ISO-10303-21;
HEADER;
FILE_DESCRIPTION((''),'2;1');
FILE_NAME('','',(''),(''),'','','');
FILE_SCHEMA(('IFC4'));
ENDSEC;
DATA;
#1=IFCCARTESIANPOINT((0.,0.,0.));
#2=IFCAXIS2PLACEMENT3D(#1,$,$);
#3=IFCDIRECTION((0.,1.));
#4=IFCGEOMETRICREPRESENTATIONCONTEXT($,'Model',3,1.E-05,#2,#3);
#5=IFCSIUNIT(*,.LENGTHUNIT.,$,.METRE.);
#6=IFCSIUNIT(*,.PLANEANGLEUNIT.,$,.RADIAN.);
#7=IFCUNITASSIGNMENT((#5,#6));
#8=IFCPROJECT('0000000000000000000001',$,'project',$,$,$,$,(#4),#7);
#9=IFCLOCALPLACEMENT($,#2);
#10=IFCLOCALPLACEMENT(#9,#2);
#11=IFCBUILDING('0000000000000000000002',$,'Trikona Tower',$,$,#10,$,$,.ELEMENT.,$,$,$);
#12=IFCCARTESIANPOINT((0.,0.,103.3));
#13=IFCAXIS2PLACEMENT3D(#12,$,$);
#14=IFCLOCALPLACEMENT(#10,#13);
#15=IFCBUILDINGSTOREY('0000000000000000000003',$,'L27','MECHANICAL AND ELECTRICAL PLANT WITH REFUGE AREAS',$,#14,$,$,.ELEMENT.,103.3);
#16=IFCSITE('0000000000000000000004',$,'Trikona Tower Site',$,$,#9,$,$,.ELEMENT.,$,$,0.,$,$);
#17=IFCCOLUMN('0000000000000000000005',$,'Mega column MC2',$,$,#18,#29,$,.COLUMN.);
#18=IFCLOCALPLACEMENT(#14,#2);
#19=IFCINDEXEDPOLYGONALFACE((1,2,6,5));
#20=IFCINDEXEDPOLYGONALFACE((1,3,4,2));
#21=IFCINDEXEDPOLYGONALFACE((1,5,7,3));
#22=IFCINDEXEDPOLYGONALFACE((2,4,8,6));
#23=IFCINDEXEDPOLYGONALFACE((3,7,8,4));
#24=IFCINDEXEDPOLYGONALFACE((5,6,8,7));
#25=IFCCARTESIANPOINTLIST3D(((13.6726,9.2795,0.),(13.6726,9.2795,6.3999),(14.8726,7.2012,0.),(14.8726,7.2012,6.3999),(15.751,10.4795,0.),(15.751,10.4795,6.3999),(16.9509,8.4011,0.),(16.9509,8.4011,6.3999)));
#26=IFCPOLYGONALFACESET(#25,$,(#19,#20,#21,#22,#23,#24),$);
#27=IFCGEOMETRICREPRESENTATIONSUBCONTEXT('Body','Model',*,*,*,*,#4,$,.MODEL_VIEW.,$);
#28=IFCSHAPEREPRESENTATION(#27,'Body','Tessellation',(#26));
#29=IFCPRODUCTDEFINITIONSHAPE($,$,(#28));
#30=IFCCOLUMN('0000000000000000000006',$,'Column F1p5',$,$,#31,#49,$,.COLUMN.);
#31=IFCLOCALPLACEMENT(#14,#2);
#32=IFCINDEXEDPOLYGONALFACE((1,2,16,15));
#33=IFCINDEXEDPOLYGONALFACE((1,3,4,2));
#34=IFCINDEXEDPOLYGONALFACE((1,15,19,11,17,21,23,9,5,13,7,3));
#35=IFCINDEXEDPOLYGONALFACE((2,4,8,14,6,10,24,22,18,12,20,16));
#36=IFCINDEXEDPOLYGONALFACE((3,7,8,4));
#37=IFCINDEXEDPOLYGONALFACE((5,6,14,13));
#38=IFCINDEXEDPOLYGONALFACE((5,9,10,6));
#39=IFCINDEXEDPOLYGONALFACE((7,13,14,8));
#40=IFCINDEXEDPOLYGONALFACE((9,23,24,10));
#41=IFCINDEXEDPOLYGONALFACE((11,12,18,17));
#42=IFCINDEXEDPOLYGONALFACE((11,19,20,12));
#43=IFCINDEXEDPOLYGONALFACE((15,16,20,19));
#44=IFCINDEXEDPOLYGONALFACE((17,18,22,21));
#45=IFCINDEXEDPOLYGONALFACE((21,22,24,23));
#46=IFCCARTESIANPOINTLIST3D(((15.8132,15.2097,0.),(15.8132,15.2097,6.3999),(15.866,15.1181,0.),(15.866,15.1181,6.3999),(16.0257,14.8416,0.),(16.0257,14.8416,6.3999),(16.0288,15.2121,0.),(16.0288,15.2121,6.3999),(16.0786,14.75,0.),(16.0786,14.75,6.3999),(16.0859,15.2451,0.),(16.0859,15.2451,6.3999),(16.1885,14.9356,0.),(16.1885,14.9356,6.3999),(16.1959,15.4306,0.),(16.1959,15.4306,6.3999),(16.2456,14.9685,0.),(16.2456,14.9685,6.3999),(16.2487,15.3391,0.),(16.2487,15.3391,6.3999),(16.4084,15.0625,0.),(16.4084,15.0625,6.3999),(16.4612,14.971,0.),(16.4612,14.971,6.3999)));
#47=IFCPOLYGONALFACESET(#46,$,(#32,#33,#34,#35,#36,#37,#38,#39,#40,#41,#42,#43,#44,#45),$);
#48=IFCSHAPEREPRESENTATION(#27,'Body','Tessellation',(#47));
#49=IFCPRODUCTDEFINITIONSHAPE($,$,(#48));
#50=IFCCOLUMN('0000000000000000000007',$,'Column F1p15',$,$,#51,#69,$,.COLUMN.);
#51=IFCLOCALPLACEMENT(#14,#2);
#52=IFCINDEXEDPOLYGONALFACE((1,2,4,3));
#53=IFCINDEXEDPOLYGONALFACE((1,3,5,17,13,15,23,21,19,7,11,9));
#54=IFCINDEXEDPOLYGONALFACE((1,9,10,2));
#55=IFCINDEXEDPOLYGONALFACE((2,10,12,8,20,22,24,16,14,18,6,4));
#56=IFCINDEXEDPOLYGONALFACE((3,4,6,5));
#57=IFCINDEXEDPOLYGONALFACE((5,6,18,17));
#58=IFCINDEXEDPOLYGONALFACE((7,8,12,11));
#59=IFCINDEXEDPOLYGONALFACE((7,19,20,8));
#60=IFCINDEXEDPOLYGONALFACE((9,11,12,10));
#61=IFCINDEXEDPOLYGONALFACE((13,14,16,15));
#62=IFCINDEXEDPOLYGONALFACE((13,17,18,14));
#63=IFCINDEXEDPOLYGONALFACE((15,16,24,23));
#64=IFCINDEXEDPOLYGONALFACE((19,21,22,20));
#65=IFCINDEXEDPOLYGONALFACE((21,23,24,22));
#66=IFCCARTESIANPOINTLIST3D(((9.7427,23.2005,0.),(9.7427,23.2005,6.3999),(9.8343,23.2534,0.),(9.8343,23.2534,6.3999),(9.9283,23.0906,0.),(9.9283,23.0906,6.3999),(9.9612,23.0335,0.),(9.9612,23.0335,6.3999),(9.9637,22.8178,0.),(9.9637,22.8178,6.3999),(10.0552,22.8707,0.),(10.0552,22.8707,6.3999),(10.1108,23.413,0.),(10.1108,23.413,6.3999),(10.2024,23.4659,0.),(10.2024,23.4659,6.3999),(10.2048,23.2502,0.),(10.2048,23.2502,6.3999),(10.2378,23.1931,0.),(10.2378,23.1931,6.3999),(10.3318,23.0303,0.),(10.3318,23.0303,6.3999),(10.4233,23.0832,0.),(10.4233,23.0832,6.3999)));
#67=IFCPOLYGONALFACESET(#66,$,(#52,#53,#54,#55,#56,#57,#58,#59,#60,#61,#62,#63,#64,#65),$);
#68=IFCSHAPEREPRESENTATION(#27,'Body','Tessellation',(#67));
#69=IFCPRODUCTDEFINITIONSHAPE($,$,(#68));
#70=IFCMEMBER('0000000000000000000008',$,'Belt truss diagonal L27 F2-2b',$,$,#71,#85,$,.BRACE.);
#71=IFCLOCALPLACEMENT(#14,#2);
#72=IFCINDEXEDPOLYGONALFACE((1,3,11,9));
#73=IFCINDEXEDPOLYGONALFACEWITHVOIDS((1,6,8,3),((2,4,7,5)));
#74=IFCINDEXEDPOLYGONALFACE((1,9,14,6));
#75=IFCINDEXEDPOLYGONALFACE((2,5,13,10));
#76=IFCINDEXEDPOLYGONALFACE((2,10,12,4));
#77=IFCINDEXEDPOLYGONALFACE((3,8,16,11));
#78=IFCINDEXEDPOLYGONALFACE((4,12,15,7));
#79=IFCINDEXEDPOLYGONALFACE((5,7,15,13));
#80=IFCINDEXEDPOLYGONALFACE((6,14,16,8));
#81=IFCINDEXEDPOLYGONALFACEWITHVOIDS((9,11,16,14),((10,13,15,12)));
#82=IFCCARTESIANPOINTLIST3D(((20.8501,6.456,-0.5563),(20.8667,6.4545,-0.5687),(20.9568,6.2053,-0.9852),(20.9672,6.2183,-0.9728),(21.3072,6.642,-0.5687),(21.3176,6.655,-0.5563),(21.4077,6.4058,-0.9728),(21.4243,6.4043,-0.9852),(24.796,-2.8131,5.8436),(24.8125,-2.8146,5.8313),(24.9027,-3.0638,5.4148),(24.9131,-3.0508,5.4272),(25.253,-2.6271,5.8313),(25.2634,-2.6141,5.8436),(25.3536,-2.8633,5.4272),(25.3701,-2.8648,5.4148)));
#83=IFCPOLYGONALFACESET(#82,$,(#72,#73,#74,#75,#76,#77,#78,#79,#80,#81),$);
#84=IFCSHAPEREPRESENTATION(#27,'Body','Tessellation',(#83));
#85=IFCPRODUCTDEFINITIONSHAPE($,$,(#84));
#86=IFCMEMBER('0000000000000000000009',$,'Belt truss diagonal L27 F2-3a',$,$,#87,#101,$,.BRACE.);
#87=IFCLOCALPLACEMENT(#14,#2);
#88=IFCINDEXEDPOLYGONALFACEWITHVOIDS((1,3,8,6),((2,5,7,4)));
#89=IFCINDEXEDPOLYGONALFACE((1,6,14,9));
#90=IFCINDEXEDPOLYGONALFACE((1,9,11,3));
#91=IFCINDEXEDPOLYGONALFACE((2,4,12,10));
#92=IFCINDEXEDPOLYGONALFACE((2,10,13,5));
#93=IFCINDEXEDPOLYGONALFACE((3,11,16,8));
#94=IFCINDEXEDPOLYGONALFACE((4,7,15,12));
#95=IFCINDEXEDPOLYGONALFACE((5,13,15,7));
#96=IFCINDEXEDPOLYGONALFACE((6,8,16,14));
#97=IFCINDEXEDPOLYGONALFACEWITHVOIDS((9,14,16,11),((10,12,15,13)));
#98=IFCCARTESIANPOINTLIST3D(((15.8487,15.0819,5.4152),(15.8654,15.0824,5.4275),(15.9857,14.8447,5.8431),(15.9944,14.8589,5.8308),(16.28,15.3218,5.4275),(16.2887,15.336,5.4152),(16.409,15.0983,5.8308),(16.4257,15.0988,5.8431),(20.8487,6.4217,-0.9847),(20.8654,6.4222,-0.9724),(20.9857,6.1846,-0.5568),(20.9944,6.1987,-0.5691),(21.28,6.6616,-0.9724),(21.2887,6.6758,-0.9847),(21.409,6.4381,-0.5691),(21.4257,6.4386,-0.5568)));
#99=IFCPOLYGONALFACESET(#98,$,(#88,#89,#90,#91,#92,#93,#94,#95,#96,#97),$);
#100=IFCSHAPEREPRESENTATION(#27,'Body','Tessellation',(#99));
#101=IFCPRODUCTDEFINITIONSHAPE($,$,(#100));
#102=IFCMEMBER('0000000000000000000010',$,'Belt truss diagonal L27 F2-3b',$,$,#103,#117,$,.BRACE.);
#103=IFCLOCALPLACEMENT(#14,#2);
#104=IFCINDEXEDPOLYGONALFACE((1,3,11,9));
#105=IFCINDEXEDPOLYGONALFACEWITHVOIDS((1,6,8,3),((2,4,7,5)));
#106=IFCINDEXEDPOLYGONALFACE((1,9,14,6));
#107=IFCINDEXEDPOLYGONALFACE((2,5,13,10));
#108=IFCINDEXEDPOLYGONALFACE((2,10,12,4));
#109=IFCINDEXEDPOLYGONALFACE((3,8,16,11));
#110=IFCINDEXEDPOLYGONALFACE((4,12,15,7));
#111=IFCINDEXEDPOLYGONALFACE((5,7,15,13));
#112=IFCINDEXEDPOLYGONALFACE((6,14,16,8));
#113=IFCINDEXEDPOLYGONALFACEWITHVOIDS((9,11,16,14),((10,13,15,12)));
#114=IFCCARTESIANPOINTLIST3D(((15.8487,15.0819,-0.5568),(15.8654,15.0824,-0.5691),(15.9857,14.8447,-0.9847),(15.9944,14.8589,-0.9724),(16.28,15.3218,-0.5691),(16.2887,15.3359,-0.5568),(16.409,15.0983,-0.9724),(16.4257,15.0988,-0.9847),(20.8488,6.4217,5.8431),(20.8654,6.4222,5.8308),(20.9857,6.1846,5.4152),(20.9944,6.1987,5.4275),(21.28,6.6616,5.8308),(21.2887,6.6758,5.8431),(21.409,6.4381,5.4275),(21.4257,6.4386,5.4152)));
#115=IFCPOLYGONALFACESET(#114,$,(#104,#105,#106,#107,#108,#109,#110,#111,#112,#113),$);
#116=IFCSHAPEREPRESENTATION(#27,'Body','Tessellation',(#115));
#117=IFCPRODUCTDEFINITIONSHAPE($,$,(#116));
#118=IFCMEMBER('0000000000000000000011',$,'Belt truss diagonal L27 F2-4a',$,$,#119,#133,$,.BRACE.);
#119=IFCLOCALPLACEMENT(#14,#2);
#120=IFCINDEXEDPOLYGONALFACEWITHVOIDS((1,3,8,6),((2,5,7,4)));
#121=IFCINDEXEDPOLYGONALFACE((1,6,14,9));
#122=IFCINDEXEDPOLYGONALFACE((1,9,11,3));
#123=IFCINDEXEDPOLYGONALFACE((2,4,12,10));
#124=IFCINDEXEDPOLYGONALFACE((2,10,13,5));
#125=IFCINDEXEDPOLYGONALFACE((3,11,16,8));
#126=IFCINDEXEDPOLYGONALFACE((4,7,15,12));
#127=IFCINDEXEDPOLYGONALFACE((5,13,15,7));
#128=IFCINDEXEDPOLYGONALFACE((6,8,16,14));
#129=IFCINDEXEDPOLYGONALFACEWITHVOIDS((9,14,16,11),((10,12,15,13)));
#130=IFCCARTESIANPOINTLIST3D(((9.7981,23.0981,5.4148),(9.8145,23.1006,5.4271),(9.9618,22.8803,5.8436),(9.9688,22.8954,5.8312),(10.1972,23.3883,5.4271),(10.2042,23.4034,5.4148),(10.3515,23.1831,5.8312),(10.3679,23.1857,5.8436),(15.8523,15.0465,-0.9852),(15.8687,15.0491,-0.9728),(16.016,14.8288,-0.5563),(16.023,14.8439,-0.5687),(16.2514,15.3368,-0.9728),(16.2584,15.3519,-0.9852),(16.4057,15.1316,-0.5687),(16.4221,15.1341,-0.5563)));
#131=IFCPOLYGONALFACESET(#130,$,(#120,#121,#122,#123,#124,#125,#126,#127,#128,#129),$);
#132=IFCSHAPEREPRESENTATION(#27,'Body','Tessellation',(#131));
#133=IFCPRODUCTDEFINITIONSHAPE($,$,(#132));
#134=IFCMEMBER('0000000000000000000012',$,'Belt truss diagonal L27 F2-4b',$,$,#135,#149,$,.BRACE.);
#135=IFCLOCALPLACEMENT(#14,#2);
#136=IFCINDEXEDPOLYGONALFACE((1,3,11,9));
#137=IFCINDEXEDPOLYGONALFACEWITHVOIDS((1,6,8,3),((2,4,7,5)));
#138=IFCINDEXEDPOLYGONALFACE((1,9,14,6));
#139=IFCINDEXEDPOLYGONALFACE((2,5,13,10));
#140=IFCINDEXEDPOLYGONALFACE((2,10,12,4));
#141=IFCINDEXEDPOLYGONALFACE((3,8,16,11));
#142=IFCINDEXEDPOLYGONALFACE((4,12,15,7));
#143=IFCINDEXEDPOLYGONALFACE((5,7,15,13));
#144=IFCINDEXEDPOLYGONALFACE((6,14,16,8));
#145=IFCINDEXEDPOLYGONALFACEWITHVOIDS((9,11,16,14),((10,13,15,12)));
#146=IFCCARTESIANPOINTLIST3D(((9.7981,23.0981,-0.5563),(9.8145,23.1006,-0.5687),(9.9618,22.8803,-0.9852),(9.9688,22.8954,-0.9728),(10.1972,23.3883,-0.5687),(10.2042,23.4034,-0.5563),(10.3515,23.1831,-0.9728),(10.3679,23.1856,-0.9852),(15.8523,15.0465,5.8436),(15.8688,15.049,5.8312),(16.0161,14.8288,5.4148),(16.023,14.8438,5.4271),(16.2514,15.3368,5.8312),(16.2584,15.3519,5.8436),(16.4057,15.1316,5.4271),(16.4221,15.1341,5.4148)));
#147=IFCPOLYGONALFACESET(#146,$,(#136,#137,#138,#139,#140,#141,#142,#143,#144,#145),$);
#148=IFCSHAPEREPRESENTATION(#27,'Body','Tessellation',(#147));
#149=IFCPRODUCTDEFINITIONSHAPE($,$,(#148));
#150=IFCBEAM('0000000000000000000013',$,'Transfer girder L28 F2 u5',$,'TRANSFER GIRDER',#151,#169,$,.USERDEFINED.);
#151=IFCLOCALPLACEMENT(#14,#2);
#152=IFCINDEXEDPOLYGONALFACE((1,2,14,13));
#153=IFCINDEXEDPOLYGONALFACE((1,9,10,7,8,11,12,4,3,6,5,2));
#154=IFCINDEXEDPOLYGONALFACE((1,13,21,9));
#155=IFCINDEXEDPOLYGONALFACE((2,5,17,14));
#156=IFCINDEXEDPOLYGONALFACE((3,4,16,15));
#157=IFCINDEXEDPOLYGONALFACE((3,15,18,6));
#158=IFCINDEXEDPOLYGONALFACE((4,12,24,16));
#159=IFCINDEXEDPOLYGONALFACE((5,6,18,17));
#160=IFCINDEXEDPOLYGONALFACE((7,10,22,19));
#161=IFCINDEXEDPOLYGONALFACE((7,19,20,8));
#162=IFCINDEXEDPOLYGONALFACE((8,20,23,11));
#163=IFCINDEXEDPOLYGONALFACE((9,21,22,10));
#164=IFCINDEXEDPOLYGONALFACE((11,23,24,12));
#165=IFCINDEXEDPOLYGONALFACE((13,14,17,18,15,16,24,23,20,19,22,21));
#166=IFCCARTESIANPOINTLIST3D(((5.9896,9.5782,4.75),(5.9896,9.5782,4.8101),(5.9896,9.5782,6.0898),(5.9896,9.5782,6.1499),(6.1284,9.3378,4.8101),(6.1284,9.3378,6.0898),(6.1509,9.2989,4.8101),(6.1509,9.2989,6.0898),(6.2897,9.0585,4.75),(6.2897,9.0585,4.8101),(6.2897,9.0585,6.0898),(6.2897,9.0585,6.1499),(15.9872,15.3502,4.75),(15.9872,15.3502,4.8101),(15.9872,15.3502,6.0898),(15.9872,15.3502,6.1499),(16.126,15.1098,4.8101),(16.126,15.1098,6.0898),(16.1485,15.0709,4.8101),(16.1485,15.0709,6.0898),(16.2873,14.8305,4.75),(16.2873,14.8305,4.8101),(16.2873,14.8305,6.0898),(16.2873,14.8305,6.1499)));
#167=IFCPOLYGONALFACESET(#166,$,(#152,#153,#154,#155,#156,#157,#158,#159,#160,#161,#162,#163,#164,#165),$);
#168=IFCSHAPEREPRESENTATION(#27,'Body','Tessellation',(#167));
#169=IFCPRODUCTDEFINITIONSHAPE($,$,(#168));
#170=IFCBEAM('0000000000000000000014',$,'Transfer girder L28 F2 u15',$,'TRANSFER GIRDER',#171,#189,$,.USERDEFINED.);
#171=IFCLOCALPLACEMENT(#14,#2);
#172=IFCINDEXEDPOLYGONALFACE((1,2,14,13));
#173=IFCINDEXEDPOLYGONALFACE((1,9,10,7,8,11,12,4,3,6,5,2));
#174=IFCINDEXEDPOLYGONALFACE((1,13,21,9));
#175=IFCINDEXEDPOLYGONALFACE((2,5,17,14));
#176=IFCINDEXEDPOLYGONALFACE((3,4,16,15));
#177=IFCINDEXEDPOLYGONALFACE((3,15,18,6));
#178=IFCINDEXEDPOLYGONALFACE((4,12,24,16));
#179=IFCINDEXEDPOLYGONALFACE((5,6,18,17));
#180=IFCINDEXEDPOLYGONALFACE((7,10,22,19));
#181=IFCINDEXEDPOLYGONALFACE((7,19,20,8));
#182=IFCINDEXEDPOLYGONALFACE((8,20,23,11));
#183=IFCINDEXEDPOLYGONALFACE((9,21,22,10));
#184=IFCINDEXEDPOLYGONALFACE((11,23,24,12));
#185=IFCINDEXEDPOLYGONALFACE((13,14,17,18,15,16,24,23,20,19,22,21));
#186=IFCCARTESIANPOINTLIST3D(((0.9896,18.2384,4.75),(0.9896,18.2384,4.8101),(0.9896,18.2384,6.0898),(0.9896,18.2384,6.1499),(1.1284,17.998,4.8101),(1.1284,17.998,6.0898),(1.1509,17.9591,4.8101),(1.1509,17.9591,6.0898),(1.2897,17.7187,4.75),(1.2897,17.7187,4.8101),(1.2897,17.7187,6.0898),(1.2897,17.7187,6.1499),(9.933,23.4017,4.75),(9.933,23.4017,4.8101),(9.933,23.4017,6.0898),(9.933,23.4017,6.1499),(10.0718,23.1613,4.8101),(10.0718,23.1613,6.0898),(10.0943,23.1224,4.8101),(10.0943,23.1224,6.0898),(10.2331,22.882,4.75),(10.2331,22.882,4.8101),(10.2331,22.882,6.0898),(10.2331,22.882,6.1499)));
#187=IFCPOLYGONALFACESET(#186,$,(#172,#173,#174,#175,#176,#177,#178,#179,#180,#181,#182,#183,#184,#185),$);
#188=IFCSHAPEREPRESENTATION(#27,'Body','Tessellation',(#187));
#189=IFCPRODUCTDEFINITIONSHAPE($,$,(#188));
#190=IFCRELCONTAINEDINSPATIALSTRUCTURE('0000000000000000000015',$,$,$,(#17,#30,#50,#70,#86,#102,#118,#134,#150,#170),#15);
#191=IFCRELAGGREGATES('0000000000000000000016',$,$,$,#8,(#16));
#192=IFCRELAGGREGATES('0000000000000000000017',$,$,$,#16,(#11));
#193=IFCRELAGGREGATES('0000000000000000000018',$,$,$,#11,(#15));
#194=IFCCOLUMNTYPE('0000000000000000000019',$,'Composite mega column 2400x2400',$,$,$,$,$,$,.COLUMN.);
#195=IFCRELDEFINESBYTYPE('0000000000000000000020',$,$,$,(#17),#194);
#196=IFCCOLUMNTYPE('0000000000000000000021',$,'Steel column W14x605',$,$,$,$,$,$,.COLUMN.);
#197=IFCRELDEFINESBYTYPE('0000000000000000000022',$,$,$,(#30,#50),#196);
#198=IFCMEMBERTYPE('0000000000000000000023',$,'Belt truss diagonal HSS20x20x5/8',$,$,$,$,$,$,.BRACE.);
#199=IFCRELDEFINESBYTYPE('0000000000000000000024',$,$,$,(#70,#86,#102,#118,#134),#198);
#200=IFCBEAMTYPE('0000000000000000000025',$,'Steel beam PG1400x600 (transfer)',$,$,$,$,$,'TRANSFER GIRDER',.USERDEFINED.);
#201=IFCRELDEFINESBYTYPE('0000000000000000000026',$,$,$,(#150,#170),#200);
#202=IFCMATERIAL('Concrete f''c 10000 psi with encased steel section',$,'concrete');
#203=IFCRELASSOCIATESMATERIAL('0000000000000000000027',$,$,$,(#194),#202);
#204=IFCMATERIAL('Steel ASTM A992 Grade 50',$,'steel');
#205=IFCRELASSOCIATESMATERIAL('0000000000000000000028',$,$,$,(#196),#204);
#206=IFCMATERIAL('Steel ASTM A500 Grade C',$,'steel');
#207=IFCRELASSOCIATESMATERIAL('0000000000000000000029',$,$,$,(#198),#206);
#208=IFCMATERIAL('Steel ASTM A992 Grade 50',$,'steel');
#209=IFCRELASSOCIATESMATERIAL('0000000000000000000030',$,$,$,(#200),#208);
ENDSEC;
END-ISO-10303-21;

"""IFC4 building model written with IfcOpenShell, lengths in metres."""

from ifc_helpers import new_model, si_unit, direction, frame, origin, origin_2d, place, context, subcontext, project, spatial, rectangle, hollow_rectangle, i_section, extrude, material, material_profile, profile_set, type_object, element, save


model = new_model("IFC4")

# Units and contexts
model_context = context("Model", 3, precision=1e-05, world=origin(), true_north=direction((0.0, 1.0)))
body_context = subcontext(model_context, "Body", "Model", "MODEL_VIEW")
ifc_project = project(units=[si_unit("LENGTHUNIT", "METRE"), si_unit("PLANEANGLEUNIT", "RADIAN")], contexts=[model_context])

# Site, building, storey
site_placement = place(None, origin())
site = spatial("IfcSite", under=ifc_project, at=site_placement, Name="Trikona Tower Site", CompositionType="ELEMENT", RefElevation=0.0)
building_placement = place(site_placement, origin())
building = spatial("IfcBuilding", under=site, at=building_placement, Name="Trikona Tower", CompositionType="ELEMENT")
storey_placement = place(building_placement, frame((0.0, 0.0, 103.3)))
storey = spatial("IfcBuildingStorey", under=building, at=storey_placement, Name="L27", Description="MECHANICAL AND ELECTRICAL PLANT WITH REFUGE AREAS", CompositionType="ELEMENT", Elevation=103.3)

# Columns
ifc_material_1 = material(Name="Concrete f'c 10000 psi with encased steel section", Category="concrete")
ifc_material_profile_1 = material_profile(ifc_material_1, rectangle(XDim=2.3999, YDim=2.3999, at=origin_2d()), Name="MC2400")
ifc_profile_set_1 = profile_set([ifc_material_profile_1], Name="Concrete f'c 10000 psi with encased steel section")
column_type_1 = type_object("IfcColumnType", Name="Composite mega column 2400x2400", PredefinedType="COLUMN", material=ifc_profile_set_1)
column_placement = place(storey_placement, frame((15.3118, 8.8403, 0.0), z_axis=(0.0, 0.0, 1.0), x_axis=(0.866025, 0.5, 0.0)))
element("IfcColumn", 1, at=column_placement, inside=storey, type_object=column_type_1, Name="Mega column MC2", PredefinedType="COLUMN", context=body_context, shape_type="SweptSolid", body=[
    extrude(rectangle(XDim=2.3999, YDim=2.3999, at=origin_2d()), origin(), (0.0, 0.0, 1.0), 6.3999),
])
ifc_material_2 = material(Name="Steel ASTM A992 Grade 50", Category="steel")
ifc_material_profile_2 = material_profile(ifc_material_2, i_section(OverallWidth=0.4419, OverallDepth=0.5308, WebThickness=0.0659, FlangeThickness=0.1057, at=origin_2d()), Name="W14X605")
ifc_profile_set_2 = profile_set([ifc_material_profile_2], Name="Steel ASTM A992 Grade 50")
column_type_2 = type_object("IfcColumnType", Name="Steel column W14x605", PredefinedType="COLUMN", material=ifc_profile_set_2)
for number, where, z_axis, x_axis, name in (
    (2, (16.1372, 15.0903, 0.0), (0.0, 0.0, 1.0), (0.866025, 0.5, 0.0), "Column F1p5"),
    (3, (10.083, 23.1418, 0.0), (0.0, 0.0, 1.0), (-0.5, 0.866025, 0.0), "Column F1p15"),
):
    element("IfcColumn", number, at=place(storey_placement, frame(where, z_axis=z_axis, x_axis=x_axis)), inside=storey, type_object=column_type_2, Name=name, PredefinedType="COLUMN", context=body_context, shape_type="SweptSolid", body=[
        extrude(i_section(OverallWidth=0.4419, OverallDepth=0.5308, WebThickness=0.0659, FlangeThickness=0.1057, at=origin_2d()), origin(), (0.0, 0.0, 1.0), 6.3999),
    ])

# Members
ifc_material_3 = material(Name="Steel ASTM A500 Grade C", Category="steel")
ifc_material_profile_3 = material_profile(ifc_material_3, hollow_rectangle(XDim=0.5081, YDim=0.5081, WallThickness=0.0146, at=origin_2d()), Name="HSS20X20X5/8")
ifc_profile_set_3 = profile_set([ifc_material_profile_3], Name="Steel ASTM A500 Grade C")
member_type = type_object("IfcMemberType", Name="Belt truss diagonal HSS20x20x5/8", PredefinedType="BRACE", material=ifc_profile_set_3)
member_placement = place(storey_placement, frame((21.1372, 6.4302, -0.7708), z_axis=(0.330609, -0.77663, 0.536232), x_axis=(0.9201, 0.391684, 0.0)))
element("IfcMember", 4, at=member_placement, inside=storey, type_object=member_type, Name="Belt truss diagonal L27 F2-2b", PredefinedType="BRACE", context=body_context, shape_type="SweptSolid", body=[
    extrude(hollow_rectangle(XDim=0.5081, YDim=0.5081, WallThickness=0.0146, at=origin_2d()), origin(), (0.0, 0.0, 1.0), 11.9351),
])
for number, where, z_axis, x_axis, name in (
    (5, (21.1372, 6.4302, -0.7708), (-0.42114, 0.729428, 0.539051), (-0.866023, -0.500004, 0.0), "Belt truss diagonal L27 F2-3a"),
    (6, (16.1372, 15.0903, -0.7708), (0.42114, -0.729428, 0.539051), (0.866023, 0.500004, 0.0), "Belt truss diagonal L27 F2-3b"),
):
    element("IfcMember", number, at=place(storey_placement, frame(where, z_axis=z_axis, x_axis=x_axis)), inside=storey, type_object=member_type, Name=name, PredefinedType="BRACE", context=body_context, shape_type="SweptSolid", body=[
        extrude(hollow_rectangle(XDim=0.5081, YDim=0.5081, WallThickness=0.0146, at=origin_2d()), origin(), (0.0, 0.0, 1.0), 11.8726),
    ])
for number, where, z_axis, x_axis, name in (
    (7, (16.1372, 15.0903, -0.7708), (-0.507274, 0.674626, 0.53624), (-0.799258, -0.600988, 0.0), "Belt truss diagonal L27 F2-4a"),
    (8, (10.083, 23.1418, -0.7708), (0.507274, -0.674626, 0.53624), (0.799258, 0.600988, 0.0), "Belt truss diagonal L27 F2-4b"),
):
    element("IfcMember", number, at=place(storey_placement, frame(where, z_axis=z_axis, x_axis=x_axis)), inside=storey, type_object=member_type, Name=name, PredefinedType="BRACE", context=body_context, shape_type="SweptSolid", body=[
        extrude(hollow_rectangle(XDim=0.5081, YDim=0.5081, WallThickness=0.0146, at=origin_2d()), origin(), (0.0, 0.0, 1.0), 11.9348),
    ])

# Beams
ifc_material_4 = material(Name="Steel ASTM A992 Grade 50", Category="steel")
ifc_material_profile_4 = material_profile(ifc_material_4, i_section(OverallWidth=0.6001, OverallDepth=1.3999, WebThickness=0.0449, FlangeThickness=0.0601, at=origin_2d()), Name="PG1400X600")
ifc_profile_set_4 = profile_set([ifc_material_profile_4], Name="Steel ASTM A992 Grade 50")
beam_type_1 = type_object("IfcBeamType", Name="Steel beam PG1400x600 (transfer)", ElementType="TRANSFER GIRDER", PredefinedType="USERDEFINED", material=ifc_profile_set_4)
beam_1_placement = place(storey_placement, frame((6.1396, 9.3184, 5.45), z_axis=(0.86603, 0.499992, 0.0), x_axis=(-0.499992, 0.86603, 0.0)))
element("IfcBeam", 9, at=beam_1_placement, inside=storey, type_object=beam_type_1, Name="Transfer girder L28 F2 u5", ObjectType="TRANSFER GIRDER", PredefinedType="USERDEFINED", context=body_context, shape_type="SweptSolid", body=[
    extrude(i_section(OverallWidth=0.6001, OverallDepth=1.3999, WebThickness=0.0449, FlangeThickness=0.0601, at=origin_2d()), origin(), (0.0, 0.0, 1.0), 11.5442),
])
beam_2_placement = place(storey_placement, frame((1.1396, 17.9785, 5.45), z_axis=(0.86603, 0.499991, 0.0), x_axis=(-0.499991, 0.86603, 0.0)))
element("IfcBeam", 10, at=beam_2_placement, inside=storey, type_object=beam_type_1, Name="Transfer girder L28 F2 u15", ObjectType="TRANSFER GIRDER", PredefinedType="USERDEFINED", context=body_context, shape_type="SweptSolid", body=[
    extrude(i_section(OverallWidth=0.6001, OverallDepth=1.3999, WebThickness=0.0449, FlangeThickness=0.0601, at=origin_2d()), origin(), (0.0, 0.0, 1.0), 10.3269),
])

save(model, "model.ifc")
